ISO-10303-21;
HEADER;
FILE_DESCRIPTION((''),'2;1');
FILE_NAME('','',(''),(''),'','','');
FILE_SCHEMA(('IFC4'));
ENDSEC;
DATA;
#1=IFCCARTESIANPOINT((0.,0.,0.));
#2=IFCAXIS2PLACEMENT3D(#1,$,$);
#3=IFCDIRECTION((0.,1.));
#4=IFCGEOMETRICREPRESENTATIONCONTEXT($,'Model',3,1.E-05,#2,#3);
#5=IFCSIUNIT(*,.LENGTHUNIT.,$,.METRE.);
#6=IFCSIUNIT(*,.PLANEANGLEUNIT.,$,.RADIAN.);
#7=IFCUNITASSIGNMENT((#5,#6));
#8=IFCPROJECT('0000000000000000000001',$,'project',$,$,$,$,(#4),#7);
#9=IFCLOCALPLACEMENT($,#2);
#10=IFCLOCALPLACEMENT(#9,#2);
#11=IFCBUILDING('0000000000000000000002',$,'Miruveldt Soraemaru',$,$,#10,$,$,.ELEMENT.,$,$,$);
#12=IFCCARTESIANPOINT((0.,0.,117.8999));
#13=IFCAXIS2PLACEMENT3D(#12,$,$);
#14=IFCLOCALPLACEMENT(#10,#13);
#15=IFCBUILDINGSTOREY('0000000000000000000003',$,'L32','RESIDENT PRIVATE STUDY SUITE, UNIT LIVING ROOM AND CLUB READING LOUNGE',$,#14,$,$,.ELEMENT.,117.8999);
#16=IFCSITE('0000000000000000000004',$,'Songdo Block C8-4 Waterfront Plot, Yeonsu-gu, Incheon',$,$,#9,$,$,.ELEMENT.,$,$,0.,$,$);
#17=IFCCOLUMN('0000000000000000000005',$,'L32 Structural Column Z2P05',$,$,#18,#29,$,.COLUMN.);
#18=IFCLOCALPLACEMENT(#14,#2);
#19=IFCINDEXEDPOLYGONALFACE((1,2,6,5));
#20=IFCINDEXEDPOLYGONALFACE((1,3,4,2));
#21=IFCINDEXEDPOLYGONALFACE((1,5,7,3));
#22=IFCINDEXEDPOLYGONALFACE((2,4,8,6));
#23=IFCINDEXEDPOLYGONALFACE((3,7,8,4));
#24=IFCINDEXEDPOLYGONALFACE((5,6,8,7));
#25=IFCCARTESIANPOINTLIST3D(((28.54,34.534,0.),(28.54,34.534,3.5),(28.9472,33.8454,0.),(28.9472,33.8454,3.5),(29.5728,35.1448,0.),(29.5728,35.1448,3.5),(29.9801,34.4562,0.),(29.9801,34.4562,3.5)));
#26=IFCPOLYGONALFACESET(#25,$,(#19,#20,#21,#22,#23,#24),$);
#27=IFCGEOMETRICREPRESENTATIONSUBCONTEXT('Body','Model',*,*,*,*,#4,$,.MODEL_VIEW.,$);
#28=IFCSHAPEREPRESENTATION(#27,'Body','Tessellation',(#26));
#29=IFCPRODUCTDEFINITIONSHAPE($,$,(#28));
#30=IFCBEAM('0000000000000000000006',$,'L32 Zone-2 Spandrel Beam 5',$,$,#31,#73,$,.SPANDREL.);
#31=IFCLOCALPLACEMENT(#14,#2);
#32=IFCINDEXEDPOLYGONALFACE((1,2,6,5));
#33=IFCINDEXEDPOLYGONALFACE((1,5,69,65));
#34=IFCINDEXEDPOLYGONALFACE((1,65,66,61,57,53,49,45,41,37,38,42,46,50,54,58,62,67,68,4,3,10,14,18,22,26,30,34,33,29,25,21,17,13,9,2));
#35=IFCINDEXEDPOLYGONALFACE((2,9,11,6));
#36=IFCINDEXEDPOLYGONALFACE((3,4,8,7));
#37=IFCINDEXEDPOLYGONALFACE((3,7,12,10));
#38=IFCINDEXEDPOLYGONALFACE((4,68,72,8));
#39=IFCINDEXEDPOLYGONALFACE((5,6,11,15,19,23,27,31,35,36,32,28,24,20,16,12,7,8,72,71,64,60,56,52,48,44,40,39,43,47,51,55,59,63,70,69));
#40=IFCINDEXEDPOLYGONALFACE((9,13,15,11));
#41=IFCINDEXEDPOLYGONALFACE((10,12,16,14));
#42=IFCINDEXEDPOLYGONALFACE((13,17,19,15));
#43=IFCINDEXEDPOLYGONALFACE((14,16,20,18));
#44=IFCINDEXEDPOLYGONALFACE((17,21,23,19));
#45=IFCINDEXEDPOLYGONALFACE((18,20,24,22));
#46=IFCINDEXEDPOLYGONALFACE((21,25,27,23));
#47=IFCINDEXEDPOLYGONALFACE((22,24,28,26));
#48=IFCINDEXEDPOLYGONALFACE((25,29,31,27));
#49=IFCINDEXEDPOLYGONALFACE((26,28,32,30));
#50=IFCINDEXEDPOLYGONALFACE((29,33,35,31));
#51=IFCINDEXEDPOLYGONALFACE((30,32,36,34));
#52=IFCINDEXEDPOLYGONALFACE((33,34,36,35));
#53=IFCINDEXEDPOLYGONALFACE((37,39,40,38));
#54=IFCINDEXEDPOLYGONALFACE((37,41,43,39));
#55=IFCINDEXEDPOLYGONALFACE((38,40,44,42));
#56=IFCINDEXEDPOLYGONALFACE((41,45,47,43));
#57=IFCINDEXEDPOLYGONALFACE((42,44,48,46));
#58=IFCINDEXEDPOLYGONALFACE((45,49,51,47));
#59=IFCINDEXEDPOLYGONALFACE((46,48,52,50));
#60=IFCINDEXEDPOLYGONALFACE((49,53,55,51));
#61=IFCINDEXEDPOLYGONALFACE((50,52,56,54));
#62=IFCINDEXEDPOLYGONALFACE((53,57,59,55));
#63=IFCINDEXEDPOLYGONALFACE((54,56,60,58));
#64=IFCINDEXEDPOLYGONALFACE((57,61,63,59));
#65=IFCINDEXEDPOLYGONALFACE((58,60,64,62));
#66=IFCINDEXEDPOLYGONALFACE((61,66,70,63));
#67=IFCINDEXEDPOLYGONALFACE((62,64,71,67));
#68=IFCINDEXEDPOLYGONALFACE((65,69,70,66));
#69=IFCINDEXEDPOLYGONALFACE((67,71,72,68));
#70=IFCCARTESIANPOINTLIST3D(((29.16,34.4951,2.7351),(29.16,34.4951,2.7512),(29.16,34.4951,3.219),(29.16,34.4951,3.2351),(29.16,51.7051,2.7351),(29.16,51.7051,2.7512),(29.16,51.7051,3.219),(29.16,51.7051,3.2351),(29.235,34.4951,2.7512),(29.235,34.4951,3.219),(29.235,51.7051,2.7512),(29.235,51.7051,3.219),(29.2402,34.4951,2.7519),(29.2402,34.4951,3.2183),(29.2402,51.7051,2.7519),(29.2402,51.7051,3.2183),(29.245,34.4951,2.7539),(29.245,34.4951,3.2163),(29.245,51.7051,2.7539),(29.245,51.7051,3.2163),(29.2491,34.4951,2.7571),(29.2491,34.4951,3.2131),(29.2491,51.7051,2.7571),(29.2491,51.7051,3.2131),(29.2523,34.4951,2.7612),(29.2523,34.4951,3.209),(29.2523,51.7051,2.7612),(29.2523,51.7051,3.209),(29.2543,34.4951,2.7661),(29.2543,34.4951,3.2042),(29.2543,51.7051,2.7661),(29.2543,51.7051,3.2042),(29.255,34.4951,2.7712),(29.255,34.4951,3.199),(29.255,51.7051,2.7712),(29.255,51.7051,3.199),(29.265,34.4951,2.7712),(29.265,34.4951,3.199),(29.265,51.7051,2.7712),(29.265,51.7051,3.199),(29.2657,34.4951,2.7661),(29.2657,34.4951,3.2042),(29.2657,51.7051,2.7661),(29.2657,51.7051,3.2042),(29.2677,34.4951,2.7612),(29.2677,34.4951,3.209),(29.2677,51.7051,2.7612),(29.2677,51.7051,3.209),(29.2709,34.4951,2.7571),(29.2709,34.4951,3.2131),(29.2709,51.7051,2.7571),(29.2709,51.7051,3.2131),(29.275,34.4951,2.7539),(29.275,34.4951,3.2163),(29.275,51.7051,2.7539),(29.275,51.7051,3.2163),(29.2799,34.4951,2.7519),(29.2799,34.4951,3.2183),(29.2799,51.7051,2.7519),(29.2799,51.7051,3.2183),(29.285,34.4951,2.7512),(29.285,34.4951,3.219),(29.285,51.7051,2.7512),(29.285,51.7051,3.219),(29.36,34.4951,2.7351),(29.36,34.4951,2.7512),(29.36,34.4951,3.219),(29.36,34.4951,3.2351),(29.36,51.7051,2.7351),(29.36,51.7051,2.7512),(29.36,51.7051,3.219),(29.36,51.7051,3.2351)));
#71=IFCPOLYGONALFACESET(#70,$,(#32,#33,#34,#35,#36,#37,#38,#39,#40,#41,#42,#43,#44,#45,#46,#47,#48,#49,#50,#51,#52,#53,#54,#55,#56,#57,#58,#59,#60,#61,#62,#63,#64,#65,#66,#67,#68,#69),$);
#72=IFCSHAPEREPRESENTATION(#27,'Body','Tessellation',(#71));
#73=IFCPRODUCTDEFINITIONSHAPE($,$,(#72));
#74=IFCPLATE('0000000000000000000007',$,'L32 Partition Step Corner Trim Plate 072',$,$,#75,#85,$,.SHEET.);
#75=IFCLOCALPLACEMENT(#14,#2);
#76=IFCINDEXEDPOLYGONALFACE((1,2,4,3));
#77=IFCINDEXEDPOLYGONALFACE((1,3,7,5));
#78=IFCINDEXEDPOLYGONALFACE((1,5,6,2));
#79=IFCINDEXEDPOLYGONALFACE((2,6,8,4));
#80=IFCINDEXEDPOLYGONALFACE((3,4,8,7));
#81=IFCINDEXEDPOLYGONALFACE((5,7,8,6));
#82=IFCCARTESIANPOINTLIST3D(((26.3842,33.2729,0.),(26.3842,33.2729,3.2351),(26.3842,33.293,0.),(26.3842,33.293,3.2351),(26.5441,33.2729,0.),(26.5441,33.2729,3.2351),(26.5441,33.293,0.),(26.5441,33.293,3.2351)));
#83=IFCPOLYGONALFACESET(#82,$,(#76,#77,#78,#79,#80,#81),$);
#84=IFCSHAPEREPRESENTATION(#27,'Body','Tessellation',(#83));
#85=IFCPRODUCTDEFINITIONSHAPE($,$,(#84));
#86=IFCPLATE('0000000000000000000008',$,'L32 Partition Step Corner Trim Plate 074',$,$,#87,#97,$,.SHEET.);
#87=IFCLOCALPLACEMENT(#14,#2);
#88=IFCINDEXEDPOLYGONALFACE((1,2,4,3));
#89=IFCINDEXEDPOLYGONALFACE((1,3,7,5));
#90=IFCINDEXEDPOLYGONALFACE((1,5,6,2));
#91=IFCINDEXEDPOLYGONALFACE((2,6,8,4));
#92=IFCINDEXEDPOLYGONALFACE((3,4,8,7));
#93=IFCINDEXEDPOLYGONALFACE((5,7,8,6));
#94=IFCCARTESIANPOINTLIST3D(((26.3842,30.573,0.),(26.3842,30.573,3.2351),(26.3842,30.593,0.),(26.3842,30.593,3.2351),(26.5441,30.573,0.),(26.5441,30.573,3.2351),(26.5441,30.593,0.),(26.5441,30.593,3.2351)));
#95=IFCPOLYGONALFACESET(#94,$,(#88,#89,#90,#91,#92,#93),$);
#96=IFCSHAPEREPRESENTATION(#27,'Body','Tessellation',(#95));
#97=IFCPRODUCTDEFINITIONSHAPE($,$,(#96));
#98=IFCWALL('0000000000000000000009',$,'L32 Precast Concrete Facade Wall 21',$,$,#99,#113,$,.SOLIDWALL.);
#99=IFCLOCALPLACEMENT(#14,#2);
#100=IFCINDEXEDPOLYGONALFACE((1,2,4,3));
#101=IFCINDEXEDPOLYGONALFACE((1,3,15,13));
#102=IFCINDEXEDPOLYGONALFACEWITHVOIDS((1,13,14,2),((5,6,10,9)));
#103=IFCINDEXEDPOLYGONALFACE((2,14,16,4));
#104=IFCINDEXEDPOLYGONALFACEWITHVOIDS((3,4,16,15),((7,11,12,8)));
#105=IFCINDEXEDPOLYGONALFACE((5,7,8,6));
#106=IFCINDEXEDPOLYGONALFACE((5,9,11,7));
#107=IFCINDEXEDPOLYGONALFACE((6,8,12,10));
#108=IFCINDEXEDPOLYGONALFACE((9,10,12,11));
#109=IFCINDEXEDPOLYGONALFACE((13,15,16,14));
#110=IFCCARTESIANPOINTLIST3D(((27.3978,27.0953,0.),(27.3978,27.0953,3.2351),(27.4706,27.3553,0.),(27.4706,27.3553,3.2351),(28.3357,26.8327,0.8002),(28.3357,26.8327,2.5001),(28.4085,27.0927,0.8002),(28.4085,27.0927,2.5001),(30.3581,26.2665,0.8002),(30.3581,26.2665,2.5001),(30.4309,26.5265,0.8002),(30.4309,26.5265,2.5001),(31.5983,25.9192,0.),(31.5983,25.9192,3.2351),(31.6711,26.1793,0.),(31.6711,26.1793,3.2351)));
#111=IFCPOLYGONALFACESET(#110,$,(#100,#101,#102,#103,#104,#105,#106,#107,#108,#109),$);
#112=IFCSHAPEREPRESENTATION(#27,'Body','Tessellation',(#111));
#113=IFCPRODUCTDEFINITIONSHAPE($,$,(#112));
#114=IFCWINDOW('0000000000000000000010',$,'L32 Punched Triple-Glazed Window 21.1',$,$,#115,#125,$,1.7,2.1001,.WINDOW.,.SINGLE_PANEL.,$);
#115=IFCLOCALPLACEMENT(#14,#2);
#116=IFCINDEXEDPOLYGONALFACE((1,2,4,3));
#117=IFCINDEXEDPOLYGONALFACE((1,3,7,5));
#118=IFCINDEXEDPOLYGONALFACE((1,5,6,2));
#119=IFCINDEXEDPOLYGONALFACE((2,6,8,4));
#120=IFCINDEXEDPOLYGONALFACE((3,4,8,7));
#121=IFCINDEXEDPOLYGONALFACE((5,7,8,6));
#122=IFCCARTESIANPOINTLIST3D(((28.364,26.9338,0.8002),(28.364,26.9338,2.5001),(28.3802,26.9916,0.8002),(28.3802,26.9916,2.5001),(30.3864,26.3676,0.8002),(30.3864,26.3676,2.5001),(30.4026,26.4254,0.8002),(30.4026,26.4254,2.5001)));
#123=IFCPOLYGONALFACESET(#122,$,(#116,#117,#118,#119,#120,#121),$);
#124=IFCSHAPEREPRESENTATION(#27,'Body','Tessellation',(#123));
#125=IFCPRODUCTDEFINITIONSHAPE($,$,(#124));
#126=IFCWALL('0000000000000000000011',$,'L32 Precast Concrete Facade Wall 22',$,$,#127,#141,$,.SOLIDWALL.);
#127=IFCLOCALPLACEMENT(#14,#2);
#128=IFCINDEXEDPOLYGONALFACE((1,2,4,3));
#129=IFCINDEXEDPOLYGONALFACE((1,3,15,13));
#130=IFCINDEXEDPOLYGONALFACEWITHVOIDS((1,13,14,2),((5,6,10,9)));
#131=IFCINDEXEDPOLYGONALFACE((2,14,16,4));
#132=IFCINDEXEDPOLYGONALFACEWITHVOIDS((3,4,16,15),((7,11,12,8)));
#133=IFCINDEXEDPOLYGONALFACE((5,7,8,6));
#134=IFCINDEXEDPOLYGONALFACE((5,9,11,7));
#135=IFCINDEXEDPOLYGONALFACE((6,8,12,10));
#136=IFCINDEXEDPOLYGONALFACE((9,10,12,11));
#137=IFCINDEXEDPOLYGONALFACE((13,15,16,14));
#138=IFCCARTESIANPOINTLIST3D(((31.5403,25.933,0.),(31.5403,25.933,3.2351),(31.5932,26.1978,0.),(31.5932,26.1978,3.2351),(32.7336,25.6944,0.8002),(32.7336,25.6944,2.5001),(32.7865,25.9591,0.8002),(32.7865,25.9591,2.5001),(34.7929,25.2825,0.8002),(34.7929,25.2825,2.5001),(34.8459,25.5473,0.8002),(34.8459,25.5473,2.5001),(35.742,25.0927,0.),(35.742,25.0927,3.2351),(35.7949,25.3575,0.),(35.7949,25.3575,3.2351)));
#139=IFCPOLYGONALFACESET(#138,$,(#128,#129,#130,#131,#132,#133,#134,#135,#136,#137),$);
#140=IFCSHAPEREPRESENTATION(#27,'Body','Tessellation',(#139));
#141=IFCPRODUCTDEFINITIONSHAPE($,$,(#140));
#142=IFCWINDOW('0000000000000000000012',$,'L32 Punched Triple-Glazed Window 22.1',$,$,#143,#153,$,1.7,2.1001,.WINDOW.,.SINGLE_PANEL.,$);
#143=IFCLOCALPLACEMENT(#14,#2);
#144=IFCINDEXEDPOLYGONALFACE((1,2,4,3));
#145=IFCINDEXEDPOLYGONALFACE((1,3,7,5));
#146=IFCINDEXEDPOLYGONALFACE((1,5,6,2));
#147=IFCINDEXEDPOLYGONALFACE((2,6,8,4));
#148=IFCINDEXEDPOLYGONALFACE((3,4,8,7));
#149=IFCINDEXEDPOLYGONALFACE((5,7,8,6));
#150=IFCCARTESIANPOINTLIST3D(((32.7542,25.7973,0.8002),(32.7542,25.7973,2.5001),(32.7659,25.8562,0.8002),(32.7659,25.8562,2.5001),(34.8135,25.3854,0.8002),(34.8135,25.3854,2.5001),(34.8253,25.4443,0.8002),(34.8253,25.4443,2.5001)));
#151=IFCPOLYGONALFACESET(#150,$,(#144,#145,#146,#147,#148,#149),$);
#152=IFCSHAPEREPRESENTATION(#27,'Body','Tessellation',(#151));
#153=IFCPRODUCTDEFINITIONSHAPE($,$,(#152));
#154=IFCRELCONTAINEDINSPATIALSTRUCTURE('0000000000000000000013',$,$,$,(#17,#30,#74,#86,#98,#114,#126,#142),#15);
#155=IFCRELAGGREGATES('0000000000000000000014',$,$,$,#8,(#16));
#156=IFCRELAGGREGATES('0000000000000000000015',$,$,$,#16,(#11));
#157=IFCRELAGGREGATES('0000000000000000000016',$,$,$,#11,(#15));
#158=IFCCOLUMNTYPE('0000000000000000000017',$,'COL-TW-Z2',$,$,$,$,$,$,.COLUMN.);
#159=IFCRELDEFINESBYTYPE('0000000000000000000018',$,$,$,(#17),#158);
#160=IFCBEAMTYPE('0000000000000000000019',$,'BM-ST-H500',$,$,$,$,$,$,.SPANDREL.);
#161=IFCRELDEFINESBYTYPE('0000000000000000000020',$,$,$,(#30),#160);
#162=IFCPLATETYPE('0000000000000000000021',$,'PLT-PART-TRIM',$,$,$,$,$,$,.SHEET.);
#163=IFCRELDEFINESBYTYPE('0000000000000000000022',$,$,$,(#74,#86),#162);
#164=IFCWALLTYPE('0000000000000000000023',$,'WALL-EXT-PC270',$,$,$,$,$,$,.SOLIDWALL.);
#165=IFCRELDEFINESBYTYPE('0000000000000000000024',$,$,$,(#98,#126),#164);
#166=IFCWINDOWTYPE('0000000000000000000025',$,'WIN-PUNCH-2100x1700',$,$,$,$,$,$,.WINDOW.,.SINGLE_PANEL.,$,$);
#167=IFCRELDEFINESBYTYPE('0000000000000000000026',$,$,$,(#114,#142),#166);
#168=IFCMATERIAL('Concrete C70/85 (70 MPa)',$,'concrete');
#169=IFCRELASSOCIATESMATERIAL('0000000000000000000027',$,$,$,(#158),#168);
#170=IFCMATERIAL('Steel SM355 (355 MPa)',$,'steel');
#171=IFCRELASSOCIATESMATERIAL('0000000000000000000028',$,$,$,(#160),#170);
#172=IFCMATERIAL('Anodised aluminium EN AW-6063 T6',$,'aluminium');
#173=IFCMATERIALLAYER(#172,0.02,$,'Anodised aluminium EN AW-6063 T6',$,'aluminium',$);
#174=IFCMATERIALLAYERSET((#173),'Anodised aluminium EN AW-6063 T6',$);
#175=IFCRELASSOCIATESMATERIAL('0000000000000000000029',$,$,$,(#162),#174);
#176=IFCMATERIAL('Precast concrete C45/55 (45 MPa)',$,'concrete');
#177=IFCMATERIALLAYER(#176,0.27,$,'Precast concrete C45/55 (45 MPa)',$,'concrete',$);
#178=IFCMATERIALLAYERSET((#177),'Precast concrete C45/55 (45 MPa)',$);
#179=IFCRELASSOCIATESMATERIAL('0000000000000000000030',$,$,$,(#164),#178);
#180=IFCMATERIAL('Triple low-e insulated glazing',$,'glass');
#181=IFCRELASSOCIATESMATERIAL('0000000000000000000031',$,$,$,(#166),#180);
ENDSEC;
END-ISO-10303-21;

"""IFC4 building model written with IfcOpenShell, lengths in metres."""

from ifc_helpers import new_model, si_unit, direction, frame, frame_2d, origin, origin_2d, place, context, subcontext, project, spatial, rectangle, i_section, extrude, material, layer, layer_set, material_profile, profile_set, type_object, element, fill, save


model = new_model("IFC4")

# Units and contexts
model_context = context("Model", 3, precision=1e-05, world=origin(), true_north=direction((0.0, 1.0)))
body_context = subcontext(model_context, "Body", "Model", "MODEL_VIEW")
ifc_project = project(units=[si_unit("LENGTHUNIT", "METRE"), si_unit("PLANEANGLEUNIT", "RADIAN")], contexts=[model_context])

# Site, building, storey
site_placement = place(None, origin())
site = spatial("IfcSite", under=ifc_project, at=site_placement, Name="Songdo Block C8-4 Waterfront Plot, Yeonsu-gu, Incheon", CompositionType="ELEMENT", RefElevation=0.0)
building_placement = place(site_placement, origin())
building = spatial("IfcBuilding", under=site, at=building_placement, Name="Miruveldt Soraemaru", CompositionType="ELEMENT")
storey_placement = place(building_placement, frame((0.0, 0.0, 117.8999)))
storey = spatial("IfcBuildingStorey", under=building, at=storey_placement, Name="L32", Description="RESIDENT PRIVATE STUDY SUITE, UNIT LIVING ROOM AND CLUB READING LOUNGE", CompositionType="ELEMENT", Elevation=117.8999)

# Column
ifc_material_1 = material(Name="Concrete C70/85 (70 MPa)", Category="concrete")
ifc_material_profile_1 = material_profile(ifc_material_1, rectangle(XDim=1.2, YDim=0.8, at=origin_2d()), Name="Concrete C70/85 (70 MPa)", Category="concrete")
ifc_profile_set_1 = profile_set([ifc_material_profile_1], Name="Concrete C70/85 (70 MPa)")
column_type = type_object("IfcColumnType", Name="COL-TW-Z2", PredefinedType="COLUMN", material=ifc_profile_set_1)
column_placement = place(storey_placement, frame((29.26, 34.4951, 0.0), z_axis=(0.0, 0.0, 1.0), x_axis=(0.860742, 0.509041, 0.0)))
element("IfcColumn", 1, at=column_placement, inside=storey, type_object=column_type, Name="L32 Structural Column Z2P05", PredefinedType="COLUMN", context=body_context, shape_type="SweptSolid", body=[
    extrude(rectangle(XDim=1.2, YDim=0.8, at=origin_2d()), origin(), (0.0, 0.0, 1.0), 3.5),
])

# Beam
ifc_material_2 = material(Name="Steel SM355 (355 MPa)", Category="steel")
ifc_material_profile_2 = material_profile(ifc_material_2, i_section(OverallWidth=0.2, OverallDepth=0.5, WebThickness=0.01, FlangeThickness=0.0161, FilletRadius=0.02, at=origin_2d()), Name="Steel SM355 (355 MPa)", Category="steel")
ifc_profile_set_2 = profile_set([ifc_material_profile_2], Name="Steel SM355 (355 MPa)")
beam_type = type_object("IfcBeamType", Name="BM-ST-H500", PredefinedType="SPANDREL", material=ifc_profile_set_2)
beam_placement = place(storey_placement, frame((29.26, 34.4951, 2.9851), z_axis=(0.0, 1.0, 0.0), x_axis=(-1.0, 0.0, 0.0)))
element("IfcBeam", 2, at=beam_placement, inside=storey, type_object=beam_type, Name="L32 Zone-2 Spandrel Beam 5", PredefinedType="SPANDREL", context=body_context, shape_type="SweptSolid", body=[
    extrude(i_section(OverallWidth=0.2, OverallDepth=0.5, WebThickness=0.01, FlangeThickness=0.0161, FilletRadius=0.02, at=origin_2d()), origin(), (0.0, 0.0, 1.0), 17.21),
])

# Plates
ifc_material_3 = material(Name="Anodised aluminium EN AW-6063 T6", Category="aluminium")
ifc_layer_1 = layer(ifc_material_3, 0.02, Name="Anodised aluminium EN AW-6063 T6", Category="aluminium")
ifc_layer_set_1 = layer_set([ifc_layer_1], Name="Anodised aluminium EN AW-6063 T6")
plate_type = type_object("IfcPlateType", Name="PLT-PART-TRIM", PredefinedType="SHEET", material=ifc_layer_set_1)
for number, where, z_axis, x_axis, name in (
    (3, (26.4641, 33.283, 0.0), (0.0, 0.0, 1.0), (-1.0, 0.0, 0.0), "L32 Partition Step Corner Trim Plate 072"),
    (4, (26.4641, 30.583, 0.0), (0.0, 0.0, 1.0), (1.0, 0.0, 0.0), "L32 Partition Step Corner Trim Plate 074"),
):
    element("IfcPlate", number, at=place(storey_placement, frame(where, z_axis=z_axis, x_axis=x_axis)), inside=storey, type_object=plate_type, Name=name, PredefinedType="SHEET", context=body_context, shape_type="SweptSolid", body=[
        extrude(rectangle(XDim=0.1599, YDim=0.02, at=origin_2d()), origin(), (0.0, 0.0, 1.0), 3.2351),
    ])

# Walls, openings, windows
ifc_material_4 = material(Name="Precast concrete C45/55 (45 MPa)", Category="concrete")
ifc_layer_2 = layer(ifc_material_4, 0.27, Name="Precast concrete C45/55 (45 MPa)", Category="concrete")
ifc_layer_set_2 = layer_set([ifc_layer_2], Name="Precast concrete C45/55 (45 MPa)")
wall_type_1 = type_object("IfcWallType", Name="WALL-EXT-PC270", PredefinedType="SOLIDWALL", material=ifc_layer_set_2)
wall_1_placement = place(storey_placement, frame((27.4341, 27.2253, 0.0), z_axis=(0.0, 0.0, 1.0), x_axis=(0.96297, -0.269609, 0.0)))
wall_1 = element("IfcWall", 5, at=wall_1_placement, inside=storey, type_object=wall_type_1, Name="L32 Precast Concrete Facade Wall 21", PredefinedType="SOLIDWALL", context=body_context, shape_type="SweptSolid", body=[
    extrude(rectangle(XDim=4.3621, YDim=0.27, at=frame_2d((2.1812, 0.0))), origin(), (0.0, 0.0, 1.0), 3.2351),
])
opening_1_placement = place(wall_1_placement, frame((0.9741, 0.0, 0.8)))
opening_1 = element("IfcOpeningElement", 6, at=opening_1_placement, cuts=wall_1, PredefinedType="OPENING", context=body_context, shape_type="SweptSolid", body=[
    extrude(rectangle(XDim=2.1001, YDim=1.7, at=frame_2d((1.05, 0.8501))), frame((0.0, 0.145, 0.0), z_axis=(0.0, -1.0, 0.0), x_axis=(1.0, 0.0, 0.0)), (0.0, 0.0, 1.0), 0.29),
])
ifc_material_5 = material(Name="Triple low-e insulated glazing", Category="glass")
window_type = type_object("IfcWindowType", Name="WIN-PUNCH-2100x1700", PartitioningType="SINGLE_PANEL", PredefinedType="WINDOW", material=ifc_material_5)
window_1_placement = place(opening_1_placement, origin())
window_1 = element("IfcWindow", 7, at=window_1_placement, inside=storey, type_object=window_type, Name="L32 Punched Triple-Glazed Window 21.1", OverallHeight=1.7, OverallWidth=2.1001, PartitioningType="SINGLE_PANEL", PredefinedType="WINDOW", context=body_context, shape_type="SweptSolid", body=[
    extrude(rectangle(XDim=2.1001, YDim=1.7, at=frame_2d((1.05, 0.8501))), frame((0.0, 0.03, 0.0), z_axis=(0.0, -1.0, 0.0), x_axis=(1.0, 0.0, 0.0)), (0.0, 0.0, 1.0), 0.0601),
])
fill(opening_1, window_1)
wall_2_placement = place(storey_placement, frame((31.5667, 26.0654, 0.0), z_axis=(0.0, 0.0, 1.0), x_axis=(0.980581, -0.196116, 0.0)))
wall_2 = element("IfcWall", 8, at=wall_2_placement, inside=storey, type_object=wall_type_1, Name="L32 Precast Concrete Facade Wall 22", PredefinedType="SOLIDWALL", context=body_context, shape_type="SweptSolid", body=[
    extrude(rectangle(XDim=4.2849, YDim=0.27, at=frame_2d((2.1426, 0.0))), origin(), (0.0, 0.0, 1.0), 3.2351),
])
opening_2_placement = place(wall_2_placement, frame((1.217, 0.0, 0.8)))
opening_2 = element("IfcOpeningElement", 9, at=opening_2_placement, cuts=wall_2, PredefinedType="OPENING", context=body_context, shape_type="SweptSolid", body=[
    extrude(rectangle(XDim=2.1001, YDim=1.7, at=frame_2d((1.05, 0.8501))), frame((0.0, 0.145, 0.0), z_axis=(0.0, -1.0, 0.0), x_axis=(1.0, 0.0, 0.0)), (0.0, 0.0, 1.0), 0.29),
])
window_2_placement = place(opening_2_placement, origin())
window_2 = element("IfcWindow", 10, at=window_2_placement, inside=storey, type_object=window_type, Name="L32 Punched Triple-Glazed Window 22.1", OverallHeight=1.7, OverallWidth=2.1001, PartitioningType="SINGLE_PANEL", PredefinedType="WINDOW", context=body_context, shape_type="SweptSolid", body=[
    extrude(rectangle(XDim=2.1001, YDim=1.7, at=frame_2d((1.05, 0.8501))), frame((0.0, 0.03, 0.0), z_axis=(0.0, -1.0, 0.0), x_axis=(1.0, 0.0, 0.0)), (0.0, 0.0, 1.0), 0.0601),
])
fill(opening_2, window_2)

save(model, "model.ifc")
